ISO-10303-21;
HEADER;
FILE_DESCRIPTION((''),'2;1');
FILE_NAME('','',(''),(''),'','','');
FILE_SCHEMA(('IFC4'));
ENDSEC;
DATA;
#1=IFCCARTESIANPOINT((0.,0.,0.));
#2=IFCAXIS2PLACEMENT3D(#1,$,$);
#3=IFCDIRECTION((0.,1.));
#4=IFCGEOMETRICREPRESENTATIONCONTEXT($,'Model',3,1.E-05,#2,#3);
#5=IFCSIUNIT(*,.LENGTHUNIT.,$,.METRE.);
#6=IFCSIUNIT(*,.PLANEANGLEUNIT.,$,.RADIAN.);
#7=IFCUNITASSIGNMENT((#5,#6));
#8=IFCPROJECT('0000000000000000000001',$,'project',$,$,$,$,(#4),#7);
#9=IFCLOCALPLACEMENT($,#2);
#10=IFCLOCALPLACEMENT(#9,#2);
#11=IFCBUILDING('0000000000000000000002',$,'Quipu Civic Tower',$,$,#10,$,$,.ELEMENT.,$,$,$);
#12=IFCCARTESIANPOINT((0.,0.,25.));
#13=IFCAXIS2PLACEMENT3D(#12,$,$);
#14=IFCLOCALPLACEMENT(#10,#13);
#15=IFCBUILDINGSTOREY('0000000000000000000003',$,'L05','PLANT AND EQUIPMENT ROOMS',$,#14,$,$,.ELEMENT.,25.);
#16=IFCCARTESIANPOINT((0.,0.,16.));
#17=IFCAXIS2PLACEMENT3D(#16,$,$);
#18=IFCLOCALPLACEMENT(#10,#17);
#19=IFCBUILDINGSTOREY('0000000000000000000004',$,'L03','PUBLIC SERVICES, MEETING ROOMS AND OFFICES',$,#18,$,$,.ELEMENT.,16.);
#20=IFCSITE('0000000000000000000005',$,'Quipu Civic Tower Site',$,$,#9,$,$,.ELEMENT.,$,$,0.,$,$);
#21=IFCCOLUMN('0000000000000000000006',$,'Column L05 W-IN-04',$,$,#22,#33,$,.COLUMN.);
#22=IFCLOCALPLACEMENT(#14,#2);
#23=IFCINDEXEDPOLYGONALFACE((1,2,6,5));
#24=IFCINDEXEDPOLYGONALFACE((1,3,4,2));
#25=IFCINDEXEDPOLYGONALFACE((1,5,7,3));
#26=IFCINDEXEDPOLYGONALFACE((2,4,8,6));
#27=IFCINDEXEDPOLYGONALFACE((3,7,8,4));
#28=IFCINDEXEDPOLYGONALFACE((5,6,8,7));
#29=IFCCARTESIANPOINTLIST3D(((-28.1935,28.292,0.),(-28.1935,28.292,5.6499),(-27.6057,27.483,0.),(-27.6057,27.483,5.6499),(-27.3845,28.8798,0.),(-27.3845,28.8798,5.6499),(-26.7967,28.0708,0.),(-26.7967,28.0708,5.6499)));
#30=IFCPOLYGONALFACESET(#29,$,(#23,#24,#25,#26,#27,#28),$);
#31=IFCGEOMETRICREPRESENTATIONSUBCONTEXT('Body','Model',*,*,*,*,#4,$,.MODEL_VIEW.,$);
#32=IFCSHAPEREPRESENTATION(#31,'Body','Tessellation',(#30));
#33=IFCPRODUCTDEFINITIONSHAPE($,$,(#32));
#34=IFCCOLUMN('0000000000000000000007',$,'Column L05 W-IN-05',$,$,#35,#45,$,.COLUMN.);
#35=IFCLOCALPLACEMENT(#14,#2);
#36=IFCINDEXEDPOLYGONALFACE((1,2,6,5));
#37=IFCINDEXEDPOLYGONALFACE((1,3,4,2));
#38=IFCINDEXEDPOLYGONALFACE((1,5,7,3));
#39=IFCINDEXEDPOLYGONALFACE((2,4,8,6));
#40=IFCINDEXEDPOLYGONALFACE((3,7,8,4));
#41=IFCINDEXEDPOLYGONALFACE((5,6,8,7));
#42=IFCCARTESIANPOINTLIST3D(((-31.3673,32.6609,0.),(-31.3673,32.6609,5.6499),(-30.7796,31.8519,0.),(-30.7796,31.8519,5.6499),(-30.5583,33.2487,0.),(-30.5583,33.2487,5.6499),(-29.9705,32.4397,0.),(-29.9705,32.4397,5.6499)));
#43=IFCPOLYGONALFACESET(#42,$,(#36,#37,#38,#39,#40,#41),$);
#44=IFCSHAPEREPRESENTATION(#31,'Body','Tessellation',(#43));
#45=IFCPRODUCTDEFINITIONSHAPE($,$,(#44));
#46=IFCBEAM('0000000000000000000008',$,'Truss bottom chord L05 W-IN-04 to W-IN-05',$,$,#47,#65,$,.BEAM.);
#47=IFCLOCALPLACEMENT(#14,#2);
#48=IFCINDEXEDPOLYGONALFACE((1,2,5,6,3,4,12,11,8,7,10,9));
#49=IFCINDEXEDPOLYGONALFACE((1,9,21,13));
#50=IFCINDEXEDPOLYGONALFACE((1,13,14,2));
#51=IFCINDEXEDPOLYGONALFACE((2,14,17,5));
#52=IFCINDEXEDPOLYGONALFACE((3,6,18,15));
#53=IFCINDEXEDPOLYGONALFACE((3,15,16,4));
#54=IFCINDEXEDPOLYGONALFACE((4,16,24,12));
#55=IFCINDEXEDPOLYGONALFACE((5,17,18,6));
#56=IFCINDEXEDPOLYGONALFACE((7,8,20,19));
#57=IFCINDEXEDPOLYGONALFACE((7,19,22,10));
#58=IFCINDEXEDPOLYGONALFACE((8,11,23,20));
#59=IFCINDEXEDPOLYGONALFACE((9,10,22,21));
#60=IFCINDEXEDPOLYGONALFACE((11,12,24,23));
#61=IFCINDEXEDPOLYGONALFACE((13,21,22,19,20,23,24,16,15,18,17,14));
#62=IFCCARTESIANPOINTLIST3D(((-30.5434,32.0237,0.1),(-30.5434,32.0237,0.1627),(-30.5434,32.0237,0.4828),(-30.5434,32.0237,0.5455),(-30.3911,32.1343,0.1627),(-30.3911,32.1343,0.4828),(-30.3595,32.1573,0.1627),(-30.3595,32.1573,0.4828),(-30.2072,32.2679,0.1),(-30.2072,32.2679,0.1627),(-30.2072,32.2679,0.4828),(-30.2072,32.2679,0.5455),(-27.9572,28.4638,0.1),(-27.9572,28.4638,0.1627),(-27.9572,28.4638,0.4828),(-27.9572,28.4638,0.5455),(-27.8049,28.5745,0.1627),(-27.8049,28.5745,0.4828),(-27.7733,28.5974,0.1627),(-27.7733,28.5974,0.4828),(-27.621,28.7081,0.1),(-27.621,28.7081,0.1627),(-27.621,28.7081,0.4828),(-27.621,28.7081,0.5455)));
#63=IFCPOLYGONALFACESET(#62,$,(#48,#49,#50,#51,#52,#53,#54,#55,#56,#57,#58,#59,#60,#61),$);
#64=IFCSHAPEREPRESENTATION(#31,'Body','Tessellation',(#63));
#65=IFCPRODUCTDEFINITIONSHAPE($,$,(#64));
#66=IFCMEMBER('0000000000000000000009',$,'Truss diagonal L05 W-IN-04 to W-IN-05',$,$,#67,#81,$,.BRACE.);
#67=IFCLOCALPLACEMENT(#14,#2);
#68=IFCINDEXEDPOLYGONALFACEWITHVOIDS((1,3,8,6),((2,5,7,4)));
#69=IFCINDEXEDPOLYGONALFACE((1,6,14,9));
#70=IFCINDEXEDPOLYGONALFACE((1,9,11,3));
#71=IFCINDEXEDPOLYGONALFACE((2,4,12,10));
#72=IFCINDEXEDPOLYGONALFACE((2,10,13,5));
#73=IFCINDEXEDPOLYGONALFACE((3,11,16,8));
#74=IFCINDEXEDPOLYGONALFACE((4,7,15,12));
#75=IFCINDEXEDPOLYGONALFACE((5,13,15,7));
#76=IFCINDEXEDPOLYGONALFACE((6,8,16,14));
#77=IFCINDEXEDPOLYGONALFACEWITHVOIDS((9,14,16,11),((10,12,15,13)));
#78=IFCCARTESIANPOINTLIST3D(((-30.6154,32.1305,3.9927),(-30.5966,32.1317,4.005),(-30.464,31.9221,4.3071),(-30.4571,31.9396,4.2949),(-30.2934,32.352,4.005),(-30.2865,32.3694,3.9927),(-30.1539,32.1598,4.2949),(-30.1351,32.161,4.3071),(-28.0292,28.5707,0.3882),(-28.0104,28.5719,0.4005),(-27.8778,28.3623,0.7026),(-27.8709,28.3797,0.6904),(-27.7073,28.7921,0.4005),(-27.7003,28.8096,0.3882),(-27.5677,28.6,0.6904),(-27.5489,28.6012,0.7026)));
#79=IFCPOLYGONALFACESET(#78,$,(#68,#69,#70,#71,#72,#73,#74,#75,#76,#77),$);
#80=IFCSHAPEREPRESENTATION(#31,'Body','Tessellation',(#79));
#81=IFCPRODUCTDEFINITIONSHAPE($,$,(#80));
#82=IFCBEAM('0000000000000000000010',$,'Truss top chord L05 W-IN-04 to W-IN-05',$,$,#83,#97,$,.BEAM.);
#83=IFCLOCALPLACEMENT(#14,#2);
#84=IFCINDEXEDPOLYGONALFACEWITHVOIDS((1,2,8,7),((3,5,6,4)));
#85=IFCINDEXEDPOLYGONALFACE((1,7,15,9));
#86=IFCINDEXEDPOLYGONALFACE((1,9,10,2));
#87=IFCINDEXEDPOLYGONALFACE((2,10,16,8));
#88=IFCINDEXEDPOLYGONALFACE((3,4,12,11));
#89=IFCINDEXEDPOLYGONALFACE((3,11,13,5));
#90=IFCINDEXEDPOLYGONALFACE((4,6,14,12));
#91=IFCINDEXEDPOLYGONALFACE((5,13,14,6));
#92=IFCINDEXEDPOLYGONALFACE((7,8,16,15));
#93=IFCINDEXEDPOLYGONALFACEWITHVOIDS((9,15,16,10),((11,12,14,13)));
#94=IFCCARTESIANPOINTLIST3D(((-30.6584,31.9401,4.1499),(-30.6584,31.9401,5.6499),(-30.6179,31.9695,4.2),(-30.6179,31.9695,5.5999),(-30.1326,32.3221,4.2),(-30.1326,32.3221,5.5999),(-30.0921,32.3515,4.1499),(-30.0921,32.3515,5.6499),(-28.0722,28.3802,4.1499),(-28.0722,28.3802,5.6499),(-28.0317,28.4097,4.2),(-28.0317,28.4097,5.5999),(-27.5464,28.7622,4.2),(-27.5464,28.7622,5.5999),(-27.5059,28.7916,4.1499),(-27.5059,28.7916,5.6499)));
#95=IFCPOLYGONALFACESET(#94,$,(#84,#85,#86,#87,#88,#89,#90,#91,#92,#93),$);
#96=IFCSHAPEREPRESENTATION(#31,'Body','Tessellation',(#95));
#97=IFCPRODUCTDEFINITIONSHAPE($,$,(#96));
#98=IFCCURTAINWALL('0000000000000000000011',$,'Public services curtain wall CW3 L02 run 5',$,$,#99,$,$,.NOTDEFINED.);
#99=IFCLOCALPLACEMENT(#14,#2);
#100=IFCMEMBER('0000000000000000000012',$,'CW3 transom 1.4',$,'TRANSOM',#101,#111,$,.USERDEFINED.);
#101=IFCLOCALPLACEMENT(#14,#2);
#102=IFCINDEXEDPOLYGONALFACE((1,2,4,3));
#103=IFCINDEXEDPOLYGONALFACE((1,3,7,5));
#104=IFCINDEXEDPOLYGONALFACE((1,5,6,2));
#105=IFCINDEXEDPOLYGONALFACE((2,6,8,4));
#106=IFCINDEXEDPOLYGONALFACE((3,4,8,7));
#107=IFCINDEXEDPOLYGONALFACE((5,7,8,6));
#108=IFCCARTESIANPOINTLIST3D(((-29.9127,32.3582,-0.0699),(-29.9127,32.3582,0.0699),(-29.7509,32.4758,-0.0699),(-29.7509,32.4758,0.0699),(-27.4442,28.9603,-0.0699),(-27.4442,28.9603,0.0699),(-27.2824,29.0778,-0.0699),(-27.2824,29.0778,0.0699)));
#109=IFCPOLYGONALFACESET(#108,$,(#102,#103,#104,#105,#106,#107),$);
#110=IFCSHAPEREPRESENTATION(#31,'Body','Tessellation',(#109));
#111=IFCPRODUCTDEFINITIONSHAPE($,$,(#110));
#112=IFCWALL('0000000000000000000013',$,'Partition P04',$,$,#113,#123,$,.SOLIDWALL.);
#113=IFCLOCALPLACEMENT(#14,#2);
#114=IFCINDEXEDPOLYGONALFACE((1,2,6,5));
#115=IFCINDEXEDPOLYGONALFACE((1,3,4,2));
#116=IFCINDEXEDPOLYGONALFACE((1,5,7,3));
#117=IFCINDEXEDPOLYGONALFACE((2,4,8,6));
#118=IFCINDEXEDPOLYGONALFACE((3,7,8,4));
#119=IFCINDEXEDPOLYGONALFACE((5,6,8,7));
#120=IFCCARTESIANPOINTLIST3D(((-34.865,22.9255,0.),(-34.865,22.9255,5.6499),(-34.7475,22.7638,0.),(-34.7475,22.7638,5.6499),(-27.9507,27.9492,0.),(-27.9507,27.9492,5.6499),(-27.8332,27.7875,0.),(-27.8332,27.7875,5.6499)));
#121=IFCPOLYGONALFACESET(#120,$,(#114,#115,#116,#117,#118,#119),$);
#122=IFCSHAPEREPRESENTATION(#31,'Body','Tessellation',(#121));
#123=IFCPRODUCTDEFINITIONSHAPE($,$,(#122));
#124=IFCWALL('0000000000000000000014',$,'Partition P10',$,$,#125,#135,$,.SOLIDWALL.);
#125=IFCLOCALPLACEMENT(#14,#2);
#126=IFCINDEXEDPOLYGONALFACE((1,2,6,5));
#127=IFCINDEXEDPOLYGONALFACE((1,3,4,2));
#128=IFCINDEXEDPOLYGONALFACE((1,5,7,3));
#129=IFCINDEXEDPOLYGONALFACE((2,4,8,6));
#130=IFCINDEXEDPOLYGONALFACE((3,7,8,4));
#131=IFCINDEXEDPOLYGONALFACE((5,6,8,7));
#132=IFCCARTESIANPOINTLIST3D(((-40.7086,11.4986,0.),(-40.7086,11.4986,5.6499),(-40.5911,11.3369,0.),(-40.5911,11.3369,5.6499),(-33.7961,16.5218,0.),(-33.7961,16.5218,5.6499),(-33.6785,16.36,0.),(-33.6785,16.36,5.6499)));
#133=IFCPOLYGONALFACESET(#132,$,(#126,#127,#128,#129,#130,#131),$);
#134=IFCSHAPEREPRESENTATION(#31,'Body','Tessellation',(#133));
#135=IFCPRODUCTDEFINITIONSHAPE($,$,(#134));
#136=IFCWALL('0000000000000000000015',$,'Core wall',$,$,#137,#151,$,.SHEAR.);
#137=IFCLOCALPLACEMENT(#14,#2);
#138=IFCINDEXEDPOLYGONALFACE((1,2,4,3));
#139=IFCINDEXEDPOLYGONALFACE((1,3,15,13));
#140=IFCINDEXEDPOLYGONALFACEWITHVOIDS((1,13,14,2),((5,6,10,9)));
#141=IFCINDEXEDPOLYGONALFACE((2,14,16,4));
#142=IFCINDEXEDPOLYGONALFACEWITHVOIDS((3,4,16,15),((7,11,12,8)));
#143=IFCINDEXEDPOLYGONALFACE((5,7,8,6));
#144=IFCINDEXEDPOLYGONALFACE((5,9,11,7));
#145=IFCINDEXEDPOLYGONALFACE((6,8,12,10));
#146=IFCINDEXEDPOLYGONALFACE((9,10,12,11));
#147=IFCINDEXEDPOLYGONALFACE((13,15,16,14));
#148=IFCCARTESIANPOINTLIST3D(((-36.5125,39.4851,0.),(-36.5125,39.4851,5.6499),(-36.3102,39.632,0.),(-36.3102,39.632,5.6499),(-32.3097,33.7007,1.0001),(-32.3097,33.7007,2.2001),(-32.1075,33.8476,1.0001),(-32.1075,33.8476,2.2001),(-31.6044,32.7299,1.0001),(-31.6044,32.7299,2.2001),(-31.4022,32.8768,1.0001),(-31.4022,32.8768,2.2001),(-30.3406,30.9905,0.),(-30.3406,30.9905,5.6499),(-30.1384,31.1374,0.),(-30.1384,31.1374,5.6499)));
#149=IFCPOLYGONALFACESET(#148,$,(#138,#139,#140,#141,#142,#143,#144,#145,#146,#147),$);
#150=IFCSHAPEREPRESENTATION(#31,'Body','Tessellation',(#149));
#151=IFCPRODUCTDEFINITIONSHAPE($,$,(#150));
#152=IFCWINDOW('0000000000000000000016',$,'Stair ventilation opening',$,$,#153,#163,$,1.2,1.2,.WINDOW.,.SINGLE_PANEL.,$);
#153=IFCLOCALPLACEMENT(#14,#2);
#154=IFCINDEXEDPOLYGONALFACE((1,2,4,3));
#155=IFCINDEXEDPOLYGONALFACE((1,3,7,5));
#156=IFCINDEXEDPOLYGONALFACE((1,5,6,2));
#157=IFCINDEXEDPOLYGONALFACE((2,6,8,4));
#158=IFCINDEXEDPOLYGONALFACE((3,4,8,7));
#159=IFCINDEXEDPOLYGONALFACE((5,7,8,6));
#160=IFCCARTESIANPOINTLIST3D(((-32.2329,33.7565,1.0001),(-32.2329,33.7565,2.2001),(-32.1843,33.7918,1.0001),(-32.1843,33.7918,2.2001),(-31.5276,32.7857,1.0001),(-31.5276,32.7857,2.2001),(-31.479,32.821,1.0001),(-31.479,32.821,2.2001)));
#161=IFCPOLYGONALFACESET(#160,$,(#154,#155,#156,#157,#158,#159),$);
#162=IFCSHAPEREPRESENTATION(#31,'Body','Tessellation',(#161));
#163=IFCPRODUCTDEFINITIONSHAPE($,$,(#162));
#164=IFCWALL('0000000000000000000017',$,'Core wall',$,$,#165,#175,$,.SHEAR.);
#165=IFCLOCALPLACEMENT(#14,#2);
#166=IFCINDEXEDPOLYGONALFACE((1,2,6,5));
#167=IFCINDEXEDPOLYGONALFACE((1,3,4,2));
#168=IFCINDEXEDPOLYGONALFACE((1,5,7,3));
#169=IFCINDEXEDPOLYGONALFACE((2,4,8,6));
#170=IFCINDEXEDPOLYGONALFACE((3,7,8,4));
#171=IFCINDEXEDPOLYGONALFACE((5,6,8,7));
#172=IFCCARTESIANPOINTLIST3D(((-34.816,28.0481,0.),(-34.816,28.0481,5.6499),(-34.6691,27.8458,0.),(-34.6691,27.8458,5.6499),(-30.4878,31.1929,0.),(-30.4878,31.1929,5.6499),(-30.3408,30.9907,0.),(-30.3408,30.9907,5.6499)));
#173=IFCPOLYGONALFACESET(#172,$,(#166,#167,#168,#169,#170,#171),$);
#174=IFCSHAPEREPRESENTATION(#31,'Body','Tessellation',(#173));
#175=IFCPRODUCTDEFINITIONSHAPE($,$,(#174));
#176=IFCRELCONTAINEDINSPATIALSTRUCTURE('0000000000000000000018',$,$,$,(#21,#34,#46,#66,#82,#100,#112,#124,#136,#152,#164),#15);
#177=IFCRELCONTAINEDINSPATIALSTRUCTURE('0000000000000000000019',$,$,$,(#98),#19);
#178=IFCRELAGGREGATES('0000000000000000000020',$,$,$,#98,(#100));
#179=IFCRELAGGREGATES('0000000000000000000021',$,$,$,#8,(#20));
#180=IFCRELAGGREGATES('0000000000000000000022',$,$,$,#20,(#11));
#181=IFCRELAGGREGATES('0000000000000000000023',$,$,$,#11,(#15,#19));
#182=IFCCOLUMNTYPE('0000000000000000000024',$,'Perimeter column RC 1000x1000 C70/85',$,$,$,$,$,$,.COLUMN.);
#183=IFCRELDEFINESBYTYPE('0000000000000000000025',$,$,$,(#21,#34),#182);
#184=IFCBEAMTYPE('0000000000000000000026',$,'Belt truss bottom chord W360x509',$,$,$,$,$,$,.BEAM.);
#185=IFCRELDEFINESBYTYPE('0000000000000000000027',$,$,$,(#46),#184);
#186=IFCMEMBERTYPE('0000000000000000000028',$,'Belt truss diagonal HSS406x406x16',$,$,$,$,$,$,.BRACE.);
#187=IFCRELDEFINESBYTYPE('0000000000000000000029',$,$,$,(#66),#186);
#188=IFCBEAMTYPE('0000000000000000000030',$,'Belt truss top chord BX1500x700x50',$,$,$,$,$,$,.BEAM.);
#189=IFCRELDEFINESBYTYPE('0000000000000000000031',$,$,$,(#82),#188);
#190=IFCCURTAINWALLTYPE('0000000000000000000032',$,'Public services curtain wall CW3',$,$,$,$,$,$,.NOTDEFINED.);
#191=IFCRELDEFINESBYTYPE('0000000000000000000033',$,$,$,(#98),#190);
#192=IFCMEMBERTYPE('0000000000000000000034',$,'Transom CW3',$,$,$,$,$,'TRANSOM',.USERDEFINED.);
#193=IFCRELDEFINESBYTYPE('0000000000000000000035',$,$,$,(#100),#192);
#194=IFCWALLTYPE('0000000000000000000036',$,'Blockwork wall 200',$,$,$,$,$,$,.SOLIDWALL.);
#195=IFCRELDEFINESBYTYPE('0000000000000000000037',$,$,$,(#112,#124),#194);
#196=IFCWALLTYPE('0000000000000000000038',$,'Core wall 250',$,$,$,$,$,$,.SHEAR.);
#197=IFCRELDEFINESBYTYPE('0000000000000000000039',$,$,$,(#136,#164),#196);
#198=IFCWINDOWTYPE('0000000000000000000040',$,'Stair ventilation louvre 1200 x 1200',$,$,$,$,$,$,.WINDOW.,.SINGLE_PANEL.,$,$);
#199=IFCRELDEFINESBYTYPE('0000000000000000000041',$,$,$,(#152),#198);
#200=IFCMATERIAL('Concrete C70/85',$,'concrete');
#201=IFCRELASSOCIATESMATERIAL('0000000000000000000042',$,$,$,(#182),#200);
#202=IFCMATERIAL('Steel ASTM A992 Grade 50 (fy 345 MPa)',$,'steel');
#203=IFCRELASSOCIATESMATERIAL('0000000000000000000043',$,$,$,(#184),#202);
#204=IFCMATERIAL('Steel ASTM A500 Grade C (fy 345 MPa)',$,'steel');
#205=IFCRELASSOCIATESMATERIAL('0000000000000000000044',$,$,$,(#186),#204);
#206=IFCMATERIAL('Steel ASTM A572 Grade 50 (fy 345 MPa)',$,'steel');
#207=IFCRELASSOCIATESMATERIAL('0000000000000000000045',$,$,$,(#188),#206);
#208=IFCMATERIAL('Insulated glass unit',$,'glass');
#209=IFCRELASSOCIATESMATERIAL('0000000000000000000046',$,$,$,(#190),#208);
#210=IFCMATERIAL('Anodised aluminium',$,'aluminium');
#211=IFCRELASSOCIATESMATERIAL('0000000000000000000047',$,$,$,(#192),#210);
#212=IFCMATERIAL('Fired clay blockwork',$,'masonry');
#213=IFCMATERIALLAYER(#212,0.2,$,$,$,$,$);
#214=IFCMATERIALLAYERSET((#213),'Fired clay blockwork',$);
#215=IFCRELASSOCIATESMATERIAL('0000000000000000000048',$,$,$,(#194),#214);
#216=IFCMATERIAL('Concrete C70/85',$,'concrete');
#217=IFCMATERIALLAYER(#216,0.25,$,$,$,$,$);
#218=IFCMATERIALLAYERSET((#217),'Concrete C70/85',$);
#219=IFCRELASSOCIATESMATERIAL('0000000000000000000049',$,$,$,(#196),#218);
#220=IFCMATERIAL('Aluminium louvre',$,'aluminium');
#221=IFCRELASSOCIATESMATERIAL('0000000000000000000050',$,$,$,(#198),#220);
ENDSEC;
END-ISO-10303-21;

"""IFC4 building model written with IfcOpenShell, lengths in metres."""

from ifc_helpers import new_model, si_unit, direction, frame, frame_2d, origin, origin_2d, place, context, subcontext, project, spatial, rectangle, hollow_rectangle, i_section, extrude, material, layer, layer_set, material_profile, profile_set, type_object, element, fill, aggregate, save


model = new_model("IFC4")

# Units and contexts
model_context = context("Model", 3, precision=1e-05, world=origin(), true_north=direction((0.0, 1.0)))
body_context = subcontext(model_context, "Body", "Model", "MODEL_VIEW")
ifc_project = project(units=[si_unit("LENGTHUNIT", "METRE"), si_unit("PLANEANGLEUNIT", "RADIAN")], contexts=[model_context])

# Site, building, storey
site_placement = place(None, origin())
site = spatial("IfcSite", under=ifc_project, at=site_placement, Name="Quipu Civic Tower Site", CompositionType="ELEMENT", RefElevation=0.0)
building_placement = place(site_placement, origin())
building = spatial("IfcBuilding", under=site, at=building_placement, Name="Quipu Civic Tower", CompositionType="ELEMENT")
storey_1_placement = place(building_placement, frame((0.0, 0.0, 25.0)))
storey_1 = spatial("IfcBuildingStorey", under=building, at=storey_1_placement, Name="L05", Description="PLANT AND EQUIPMENT ROOMS", CompositionType="ELEMENT", Elevation=25.0)

# Columns
ifc_material_1 = material(Name="Concrete C70/85", Category="concrete")
ifc_material_profile_1 = material_profile(ifc_material_1, rectangle(XDim=1.0, YDim=1.0, at=origin_2d()), Name="RC1000x1000")
ifc_profile_set_1 = profile_set([ifc_material_profile_1], Name="Concrete C70/85")
column_type = type_object("IfcColumnType", Name="Perimeter column RC 1000x1000 C70/85", PredefinedType="COLUMN", material=ifc_profile_set_1)
for number, where, z_axis, x_axis, name in (
    (1, (-27.4951, 28.1814, 0.0), (0.0, 0.0, 1.0), (-0.587785, 0.809017, 0.0), "Column L05 W-IN-04"),
    (2, (-30.6689, 32.5503, 0.0), (0.0, 0.0, 1.0), (-0.587785, 0.809017, 0.0), "Column L05 W-IN-05"),
):
    element("IfcColumn", number, at=place(storey_1_placement, frame(where, z_axis=z_axis, x_axis=x_axis)), inside=storey_1, type_object=column_type, Name=name, PredefinedType="COLUMN", context=body_context, shape_type="SweptSolid", body=[
        extrude(rectangle(XDim=1.0, YDim=1.0, at=origin_2d()), origin(), (0.0, 0.0, 1.0), 5.6499),
    ])

# Beam
ifc_material_2 = material(Name="Steel ASTM A992 Grade 50 (fy 345 MPa)", Category="steel")
ifc_material_profile_2 = material_profile(ifc_material_2, i_section(OverallWidth=0.4155, OverallDepth=0.4456, WebThickness=0.0391, FlangeThickness=0.0627, at=origin_2d()), Name="W360x509")
ifc_profile_set_2 = profile_set([ifc_material_profile_2], Name="Steel ASTM A992 Grade 50 (fy 345 MPa)")
beam_type_1 = type_object("IfcBeamType", Name="Belt truss bottom chord W360x509", PredefinedType="BEAM", material=ifc_profile_set_2)
beam_1_placement = place(storey_1_placement, frame((-27.7891, 28.5859, 0.3228), z_axis=(-0.587759, 0.809036, 0.0), x_axis=(-0.809036, -0.587759, 0.0)))
element("IfcBeam", 3, at=beam_1_placement, inside=storey_1, type_object=beam_type_1, Name="Truss bottom chord L05 W-IN-04 to W-IN-05", PredefinedType="BEAM", context=body_context, shape_type="SweptSolid", body=[
    extrude(i_section(OverallWidth=0.4155, OverallDepth=0.4456, WebThickness=0.0391, FlangeThickness=0.0627, at=origin_2d()), origin(), (0.0, 0.0, 1.0), 4.4001),
])

# Member
ifc_material_3 = material(Name="Steel ASTM A500 Grade C (fy 345 MPa)", Category="steel")
ifc_material_profile_3 = material_profile(ifc_material_3, hollow_rectangle(XDim=0.4065, YDim=0.4065, WallThickness=0.0159, at=origin_2d()), Name="HSS406x406x16")
ifc_profile_set_3 = profile_set([ifc_material_profile_3], Name="Steel ASTM A500 Grade C (fy 345 MPa)")
member_type_1 = type_object("IfcMemberType", Name="Belt truss diagonal HSS406x406x16", PredefinedType="BRACE", material=ifc_profile_set_3)
member_1_placement = place(storey_1_placement, frame((-27.7891, 28.5859, 0.5454), z_axis=(-0.454676, 0.62585, 0.633705), x_axis=(-0.809036, -0.587759, 0.0)))
element("IfcMember", 4, at=member_1_placement, inside=storey_1, type_object=member_type_1, Name="Truss diagonal L05 W-IN-04 to W-IN-05", PredefinedType="BRACE", context=body_context, shape_type="SweptSolid", body=[
    extrude(hollow_rectangle(XDim=0.4065, YDim=0.4065, WallThickness=0.0159, at=origin_2d()), origin(), (0.0, 0.0, 1.0), 5.688),
])

# Beam
ifc_material_4 = material(Name="Steel ASTM A572 Grade 50 (fy 345 MPa)", Category="steel")
ifc_material_profile_4 = material_profile(ifc_material_4, hollow_rectangle(XDim=0.7, YDim=1.5, WallThickness=0.05, at=origin_2d()), Name="BX1500x700x50")
ifc_profile_set_4 = profile_set([ifc_material_profile_4], Name="Steel ASTM A572 Grade 50 (fy 345 MPa)")
beam_type_2 = type_object("IfcBeamType", Name="Belt truss top chord BX1500x700x50", PredefinedType="BEAM", material=ifc_profile_set_4)
beam_2_placement = place(storey_1_placement, frame((-27.7891, 28.5859, 4.8999), z_axis=(-0.587759, 0.809036, 0.0), x_axis=(-0.809036, -0.587759, 0.0)))
element("IfcBeam", 5, at=beam_2_placement, inside=storey_1, type_object=beam_type_2, Name="Truss top chord L05 W-IN-04 to W-IN-05", PredefinedType="BEAM", context=body_context, shape_type="SweptSolid", body=[
    extrude(hollow_rectangle(XDim=0.7, YDim=1.5, WallThickness=0.05, at=origin_2d()), origin(), (0.0, 0.0, 1.0), 4.4001),
])

# Shared definitions
storey_2_placement = place(building_placement, frame((0.0, 0.0, 16.0)))
storey_2 = spatial("IfcBuildingStorey", under=building, at=storey_2_placement, Name="L03", Description="PUBLIC SERVICES, MEETING ROOMS AND OFFICES", CompositionType="ELEMENT", Elevation=16.0)

# Curtain wall, member
ifc_material_5 = material(Name="Insulated glass unit", Category="glass")
curtain_wall_type = type_object("IfcCurtainWallType", Name="Public services curtain wall CW3", PredefinedType="NOTDEFINED", material=ifc_material_5)
curtain_wall_placement = place(storey_2_placement, origin())
curtain_wall = element("IfcCurtainWall", 6, at=curtain_wall_placement, inside=storey_2, type_object=curtain_wall_type, Name="Public services curtain wall CW3 L02 run 5", PredefinedType="NOTDEFINED")
ifc_material_6 = material(Name="Anodised aluminium", Category="aluminium")
ifc_material_profile_5 = material_profile(ifc_material_6, rectangle(XDim=0.2, YDim=0.1399, at=origin_2d()), Name="RECT 200x140")
ifc_profile_set_5 = profile_set([ifc_material_profile_5], Name="Anodised aluminium")
member_type_2 = type_object("IfcMemberType", Name="Transom CW3", ElementType="TRANSOM", PredefinedType="USERDEFINED", material=ifc_profile_set_5)
member_2_placement = place(storey_1_placement, frame((-27.3633, 29.019, 0.0), z_axis=(-0.587746, 0.809045, 0.0), x_axis=(-0.809045, -0.587746, 0.0)))
member_2 = element("IfcMember", 7, at=member_2_placement, inside=storey_1, type_object=member_type_2, Name="CW3 transom 1.4", ObjectType="TRANSOM", PredefinedType="USERDEFINED", context=body_context, shape_type="SweptSolid", body=[
    extrude(rectangle(XDim=0.2, YDim=0.1399, at=origin_2d()), origin(), (0.0, 0.0, 1.0), 4.2),
])
aggregate(curtain_wall, [member_2])

# Walls
ifc_material_7 = material(Name="Fired clay blockwork", Category="masonry")
ifc_layer_1 = layer(ifc_material_7, 0.2)
ifc_layer_set_1 = layer_set([ifc_layer_1], Name="Fired clay blockwork")
wall_type_1 = type_object("IfcWallType", Name="Blockwork wall 200", PredefinedType="SOLIDWALL", material=ifc_layer_set_1)
wall_1_placement = place(storey_1_placement, frame((-27.8918, 27.8684, 0.0), z_axis=(0.0, 0.0, 1.0), x_axis=(-0.809009, -0.587796, 0.0)))
element("IfcWall", 8, at=wall_1_placement, inside=storey_1, type_object=wall_type_1, Name="Partition P04", PredefinedType="SOLIDWALL", context=body_context, shape_type="SweptSolid", body=[
    extrude(rectangle(XDim=8.5466, YDim=0.2, at=frame_2d((4.2734, 0.0))), origin(), (0.0, 0.0, 1.0), 5.6499),
])
wall_2_placement = place(storey_1_placement, frame((-33.7373, 16.4409, 0.0), z_axis=(0.0, 0.0, 1.0), x_axis=(-0.808967, -0.587854, 0.0)))
element("IfcWall", 9, at=wall_2_placement, inside=storey_1, type_object=wall_type_1, Name="Partition P10", PredefinedType="SOLIDWALL", context=body_context, shape_type="SweptSolid", body=[
    extrude(rectangle(XDim=8.5449, YDim=0.2, at=frame_2d((4.2725, 0.0))), origin(), (0.0, 0.0, 1.0), 5.6499),
])

# Wall, opening, window
ifc_material_8 = material(Name="Concrete C70/85", Category="concrete")
ifc_layer_2 = layer(ifc_material_8, 0.25)
ifc_layer_set_2 = layer_set([ifc_layer_2], Name="Concrete C70/85")
wall_type_2 = type_object("IfcWallType", Name="Core wall 250", PredefinedType="SHEAR", material=ifc_layer_set_2)
wall_3_placement = place(storey_1_placement, frame((-30.2395, 31.064, 0.0), z_axis=(0.0, 0.0, 1.0), x_axis=(-0.587796, 0.809009, 0.0)))
wall_3 = element("IfcWall", 10, at=wall_3_placement, inside=storey_1, type_object=wall_type_2, Name="Core wall", PredefinedType="SHEAR", context=body_context, shape_type="SweptSolid", body=[
    extrude(rectangle(XDim=10.5, YDim=0.25, at=frame_2d((5.25, 0.0))), origin(), (0.0, 0.0, 1.0), 5.6499),
])
opening_1_placement = place(wall_3_placement, frame((2.1499, 0.0, 1.0)))
opening_1 = element("IfcOpeningElement", 11, at=opening_1_placement, cuts=wall_3, PredefinedType="OPENING", context=body_context, shape_type="SweptSolid", body=[
    extrude(rectangle(XDim=1.2, YDim=1.2, at=frame_2d((0.6001, 0.6001))), frame((0.0, 0.135, 0.0), z_axis=(0.0, -1.0, 0.0), x_axis=(1.0, 0.0, 0.0)), (0.0, 0.0, 1.0), 0.27),
])
ifc_material_9 = material(Name="Aluminium louvre", Category="aluminium")
window_type = type_object("IfcWindowType", Name="Stair ventilation louvre 1200 x 1200", PartitioningType="SINGLE_PANEL", PredefinedType="WINDOW", material=ifc_material_9)
window_placement = place(opening_1_placement, origin())
window = element("IfcWindow", 12, at=window_placement, inside=storey_1, type_object=window_type, Name="Stair ventilation opening", OverallHeight=1.2, OverallWidth=1.2, PartitioningType="SINGLE_PANEL", PredefinedType="WINDOW", context=body_context, shape_type="SweptSolid", body=[
    extrude(rectangle(XDim=1.2, YDim=1.2, at=frame_2d((0.6001, 0.6001))), frame((0.0, 0.03, 0.0), z_axis=(0.0, -1.0, 0.0), x_axis=(1.0, 0.0, 0.0)), (0.0, 0.0, 1.0), 0.0601),
])
fill(opening_1, window)

# Wall
wall_4_placement = place(storey_1_placement, frame((-30.4143, 31.0918, 0.0), z_axis=(0.0, 0.0, 1.0), x_axis=(-0.808998, -0.587811, 0.0)))
element("IfcWall", 13, at=wall_4_placement, inside=storey_1, type_object=wall_type_2, Name="Core wall", PredefinedType="SHEAR", context=body_context, shape_type="SweptSolid", body=[
    extrude(rectangle(XDim=5.3501, YDim=0.25, at=frame_2d((2.675, 0.0))), origin(), (0.0, 0.0, 1.0), 5.6499),
])

save(model, "model.ifc")
